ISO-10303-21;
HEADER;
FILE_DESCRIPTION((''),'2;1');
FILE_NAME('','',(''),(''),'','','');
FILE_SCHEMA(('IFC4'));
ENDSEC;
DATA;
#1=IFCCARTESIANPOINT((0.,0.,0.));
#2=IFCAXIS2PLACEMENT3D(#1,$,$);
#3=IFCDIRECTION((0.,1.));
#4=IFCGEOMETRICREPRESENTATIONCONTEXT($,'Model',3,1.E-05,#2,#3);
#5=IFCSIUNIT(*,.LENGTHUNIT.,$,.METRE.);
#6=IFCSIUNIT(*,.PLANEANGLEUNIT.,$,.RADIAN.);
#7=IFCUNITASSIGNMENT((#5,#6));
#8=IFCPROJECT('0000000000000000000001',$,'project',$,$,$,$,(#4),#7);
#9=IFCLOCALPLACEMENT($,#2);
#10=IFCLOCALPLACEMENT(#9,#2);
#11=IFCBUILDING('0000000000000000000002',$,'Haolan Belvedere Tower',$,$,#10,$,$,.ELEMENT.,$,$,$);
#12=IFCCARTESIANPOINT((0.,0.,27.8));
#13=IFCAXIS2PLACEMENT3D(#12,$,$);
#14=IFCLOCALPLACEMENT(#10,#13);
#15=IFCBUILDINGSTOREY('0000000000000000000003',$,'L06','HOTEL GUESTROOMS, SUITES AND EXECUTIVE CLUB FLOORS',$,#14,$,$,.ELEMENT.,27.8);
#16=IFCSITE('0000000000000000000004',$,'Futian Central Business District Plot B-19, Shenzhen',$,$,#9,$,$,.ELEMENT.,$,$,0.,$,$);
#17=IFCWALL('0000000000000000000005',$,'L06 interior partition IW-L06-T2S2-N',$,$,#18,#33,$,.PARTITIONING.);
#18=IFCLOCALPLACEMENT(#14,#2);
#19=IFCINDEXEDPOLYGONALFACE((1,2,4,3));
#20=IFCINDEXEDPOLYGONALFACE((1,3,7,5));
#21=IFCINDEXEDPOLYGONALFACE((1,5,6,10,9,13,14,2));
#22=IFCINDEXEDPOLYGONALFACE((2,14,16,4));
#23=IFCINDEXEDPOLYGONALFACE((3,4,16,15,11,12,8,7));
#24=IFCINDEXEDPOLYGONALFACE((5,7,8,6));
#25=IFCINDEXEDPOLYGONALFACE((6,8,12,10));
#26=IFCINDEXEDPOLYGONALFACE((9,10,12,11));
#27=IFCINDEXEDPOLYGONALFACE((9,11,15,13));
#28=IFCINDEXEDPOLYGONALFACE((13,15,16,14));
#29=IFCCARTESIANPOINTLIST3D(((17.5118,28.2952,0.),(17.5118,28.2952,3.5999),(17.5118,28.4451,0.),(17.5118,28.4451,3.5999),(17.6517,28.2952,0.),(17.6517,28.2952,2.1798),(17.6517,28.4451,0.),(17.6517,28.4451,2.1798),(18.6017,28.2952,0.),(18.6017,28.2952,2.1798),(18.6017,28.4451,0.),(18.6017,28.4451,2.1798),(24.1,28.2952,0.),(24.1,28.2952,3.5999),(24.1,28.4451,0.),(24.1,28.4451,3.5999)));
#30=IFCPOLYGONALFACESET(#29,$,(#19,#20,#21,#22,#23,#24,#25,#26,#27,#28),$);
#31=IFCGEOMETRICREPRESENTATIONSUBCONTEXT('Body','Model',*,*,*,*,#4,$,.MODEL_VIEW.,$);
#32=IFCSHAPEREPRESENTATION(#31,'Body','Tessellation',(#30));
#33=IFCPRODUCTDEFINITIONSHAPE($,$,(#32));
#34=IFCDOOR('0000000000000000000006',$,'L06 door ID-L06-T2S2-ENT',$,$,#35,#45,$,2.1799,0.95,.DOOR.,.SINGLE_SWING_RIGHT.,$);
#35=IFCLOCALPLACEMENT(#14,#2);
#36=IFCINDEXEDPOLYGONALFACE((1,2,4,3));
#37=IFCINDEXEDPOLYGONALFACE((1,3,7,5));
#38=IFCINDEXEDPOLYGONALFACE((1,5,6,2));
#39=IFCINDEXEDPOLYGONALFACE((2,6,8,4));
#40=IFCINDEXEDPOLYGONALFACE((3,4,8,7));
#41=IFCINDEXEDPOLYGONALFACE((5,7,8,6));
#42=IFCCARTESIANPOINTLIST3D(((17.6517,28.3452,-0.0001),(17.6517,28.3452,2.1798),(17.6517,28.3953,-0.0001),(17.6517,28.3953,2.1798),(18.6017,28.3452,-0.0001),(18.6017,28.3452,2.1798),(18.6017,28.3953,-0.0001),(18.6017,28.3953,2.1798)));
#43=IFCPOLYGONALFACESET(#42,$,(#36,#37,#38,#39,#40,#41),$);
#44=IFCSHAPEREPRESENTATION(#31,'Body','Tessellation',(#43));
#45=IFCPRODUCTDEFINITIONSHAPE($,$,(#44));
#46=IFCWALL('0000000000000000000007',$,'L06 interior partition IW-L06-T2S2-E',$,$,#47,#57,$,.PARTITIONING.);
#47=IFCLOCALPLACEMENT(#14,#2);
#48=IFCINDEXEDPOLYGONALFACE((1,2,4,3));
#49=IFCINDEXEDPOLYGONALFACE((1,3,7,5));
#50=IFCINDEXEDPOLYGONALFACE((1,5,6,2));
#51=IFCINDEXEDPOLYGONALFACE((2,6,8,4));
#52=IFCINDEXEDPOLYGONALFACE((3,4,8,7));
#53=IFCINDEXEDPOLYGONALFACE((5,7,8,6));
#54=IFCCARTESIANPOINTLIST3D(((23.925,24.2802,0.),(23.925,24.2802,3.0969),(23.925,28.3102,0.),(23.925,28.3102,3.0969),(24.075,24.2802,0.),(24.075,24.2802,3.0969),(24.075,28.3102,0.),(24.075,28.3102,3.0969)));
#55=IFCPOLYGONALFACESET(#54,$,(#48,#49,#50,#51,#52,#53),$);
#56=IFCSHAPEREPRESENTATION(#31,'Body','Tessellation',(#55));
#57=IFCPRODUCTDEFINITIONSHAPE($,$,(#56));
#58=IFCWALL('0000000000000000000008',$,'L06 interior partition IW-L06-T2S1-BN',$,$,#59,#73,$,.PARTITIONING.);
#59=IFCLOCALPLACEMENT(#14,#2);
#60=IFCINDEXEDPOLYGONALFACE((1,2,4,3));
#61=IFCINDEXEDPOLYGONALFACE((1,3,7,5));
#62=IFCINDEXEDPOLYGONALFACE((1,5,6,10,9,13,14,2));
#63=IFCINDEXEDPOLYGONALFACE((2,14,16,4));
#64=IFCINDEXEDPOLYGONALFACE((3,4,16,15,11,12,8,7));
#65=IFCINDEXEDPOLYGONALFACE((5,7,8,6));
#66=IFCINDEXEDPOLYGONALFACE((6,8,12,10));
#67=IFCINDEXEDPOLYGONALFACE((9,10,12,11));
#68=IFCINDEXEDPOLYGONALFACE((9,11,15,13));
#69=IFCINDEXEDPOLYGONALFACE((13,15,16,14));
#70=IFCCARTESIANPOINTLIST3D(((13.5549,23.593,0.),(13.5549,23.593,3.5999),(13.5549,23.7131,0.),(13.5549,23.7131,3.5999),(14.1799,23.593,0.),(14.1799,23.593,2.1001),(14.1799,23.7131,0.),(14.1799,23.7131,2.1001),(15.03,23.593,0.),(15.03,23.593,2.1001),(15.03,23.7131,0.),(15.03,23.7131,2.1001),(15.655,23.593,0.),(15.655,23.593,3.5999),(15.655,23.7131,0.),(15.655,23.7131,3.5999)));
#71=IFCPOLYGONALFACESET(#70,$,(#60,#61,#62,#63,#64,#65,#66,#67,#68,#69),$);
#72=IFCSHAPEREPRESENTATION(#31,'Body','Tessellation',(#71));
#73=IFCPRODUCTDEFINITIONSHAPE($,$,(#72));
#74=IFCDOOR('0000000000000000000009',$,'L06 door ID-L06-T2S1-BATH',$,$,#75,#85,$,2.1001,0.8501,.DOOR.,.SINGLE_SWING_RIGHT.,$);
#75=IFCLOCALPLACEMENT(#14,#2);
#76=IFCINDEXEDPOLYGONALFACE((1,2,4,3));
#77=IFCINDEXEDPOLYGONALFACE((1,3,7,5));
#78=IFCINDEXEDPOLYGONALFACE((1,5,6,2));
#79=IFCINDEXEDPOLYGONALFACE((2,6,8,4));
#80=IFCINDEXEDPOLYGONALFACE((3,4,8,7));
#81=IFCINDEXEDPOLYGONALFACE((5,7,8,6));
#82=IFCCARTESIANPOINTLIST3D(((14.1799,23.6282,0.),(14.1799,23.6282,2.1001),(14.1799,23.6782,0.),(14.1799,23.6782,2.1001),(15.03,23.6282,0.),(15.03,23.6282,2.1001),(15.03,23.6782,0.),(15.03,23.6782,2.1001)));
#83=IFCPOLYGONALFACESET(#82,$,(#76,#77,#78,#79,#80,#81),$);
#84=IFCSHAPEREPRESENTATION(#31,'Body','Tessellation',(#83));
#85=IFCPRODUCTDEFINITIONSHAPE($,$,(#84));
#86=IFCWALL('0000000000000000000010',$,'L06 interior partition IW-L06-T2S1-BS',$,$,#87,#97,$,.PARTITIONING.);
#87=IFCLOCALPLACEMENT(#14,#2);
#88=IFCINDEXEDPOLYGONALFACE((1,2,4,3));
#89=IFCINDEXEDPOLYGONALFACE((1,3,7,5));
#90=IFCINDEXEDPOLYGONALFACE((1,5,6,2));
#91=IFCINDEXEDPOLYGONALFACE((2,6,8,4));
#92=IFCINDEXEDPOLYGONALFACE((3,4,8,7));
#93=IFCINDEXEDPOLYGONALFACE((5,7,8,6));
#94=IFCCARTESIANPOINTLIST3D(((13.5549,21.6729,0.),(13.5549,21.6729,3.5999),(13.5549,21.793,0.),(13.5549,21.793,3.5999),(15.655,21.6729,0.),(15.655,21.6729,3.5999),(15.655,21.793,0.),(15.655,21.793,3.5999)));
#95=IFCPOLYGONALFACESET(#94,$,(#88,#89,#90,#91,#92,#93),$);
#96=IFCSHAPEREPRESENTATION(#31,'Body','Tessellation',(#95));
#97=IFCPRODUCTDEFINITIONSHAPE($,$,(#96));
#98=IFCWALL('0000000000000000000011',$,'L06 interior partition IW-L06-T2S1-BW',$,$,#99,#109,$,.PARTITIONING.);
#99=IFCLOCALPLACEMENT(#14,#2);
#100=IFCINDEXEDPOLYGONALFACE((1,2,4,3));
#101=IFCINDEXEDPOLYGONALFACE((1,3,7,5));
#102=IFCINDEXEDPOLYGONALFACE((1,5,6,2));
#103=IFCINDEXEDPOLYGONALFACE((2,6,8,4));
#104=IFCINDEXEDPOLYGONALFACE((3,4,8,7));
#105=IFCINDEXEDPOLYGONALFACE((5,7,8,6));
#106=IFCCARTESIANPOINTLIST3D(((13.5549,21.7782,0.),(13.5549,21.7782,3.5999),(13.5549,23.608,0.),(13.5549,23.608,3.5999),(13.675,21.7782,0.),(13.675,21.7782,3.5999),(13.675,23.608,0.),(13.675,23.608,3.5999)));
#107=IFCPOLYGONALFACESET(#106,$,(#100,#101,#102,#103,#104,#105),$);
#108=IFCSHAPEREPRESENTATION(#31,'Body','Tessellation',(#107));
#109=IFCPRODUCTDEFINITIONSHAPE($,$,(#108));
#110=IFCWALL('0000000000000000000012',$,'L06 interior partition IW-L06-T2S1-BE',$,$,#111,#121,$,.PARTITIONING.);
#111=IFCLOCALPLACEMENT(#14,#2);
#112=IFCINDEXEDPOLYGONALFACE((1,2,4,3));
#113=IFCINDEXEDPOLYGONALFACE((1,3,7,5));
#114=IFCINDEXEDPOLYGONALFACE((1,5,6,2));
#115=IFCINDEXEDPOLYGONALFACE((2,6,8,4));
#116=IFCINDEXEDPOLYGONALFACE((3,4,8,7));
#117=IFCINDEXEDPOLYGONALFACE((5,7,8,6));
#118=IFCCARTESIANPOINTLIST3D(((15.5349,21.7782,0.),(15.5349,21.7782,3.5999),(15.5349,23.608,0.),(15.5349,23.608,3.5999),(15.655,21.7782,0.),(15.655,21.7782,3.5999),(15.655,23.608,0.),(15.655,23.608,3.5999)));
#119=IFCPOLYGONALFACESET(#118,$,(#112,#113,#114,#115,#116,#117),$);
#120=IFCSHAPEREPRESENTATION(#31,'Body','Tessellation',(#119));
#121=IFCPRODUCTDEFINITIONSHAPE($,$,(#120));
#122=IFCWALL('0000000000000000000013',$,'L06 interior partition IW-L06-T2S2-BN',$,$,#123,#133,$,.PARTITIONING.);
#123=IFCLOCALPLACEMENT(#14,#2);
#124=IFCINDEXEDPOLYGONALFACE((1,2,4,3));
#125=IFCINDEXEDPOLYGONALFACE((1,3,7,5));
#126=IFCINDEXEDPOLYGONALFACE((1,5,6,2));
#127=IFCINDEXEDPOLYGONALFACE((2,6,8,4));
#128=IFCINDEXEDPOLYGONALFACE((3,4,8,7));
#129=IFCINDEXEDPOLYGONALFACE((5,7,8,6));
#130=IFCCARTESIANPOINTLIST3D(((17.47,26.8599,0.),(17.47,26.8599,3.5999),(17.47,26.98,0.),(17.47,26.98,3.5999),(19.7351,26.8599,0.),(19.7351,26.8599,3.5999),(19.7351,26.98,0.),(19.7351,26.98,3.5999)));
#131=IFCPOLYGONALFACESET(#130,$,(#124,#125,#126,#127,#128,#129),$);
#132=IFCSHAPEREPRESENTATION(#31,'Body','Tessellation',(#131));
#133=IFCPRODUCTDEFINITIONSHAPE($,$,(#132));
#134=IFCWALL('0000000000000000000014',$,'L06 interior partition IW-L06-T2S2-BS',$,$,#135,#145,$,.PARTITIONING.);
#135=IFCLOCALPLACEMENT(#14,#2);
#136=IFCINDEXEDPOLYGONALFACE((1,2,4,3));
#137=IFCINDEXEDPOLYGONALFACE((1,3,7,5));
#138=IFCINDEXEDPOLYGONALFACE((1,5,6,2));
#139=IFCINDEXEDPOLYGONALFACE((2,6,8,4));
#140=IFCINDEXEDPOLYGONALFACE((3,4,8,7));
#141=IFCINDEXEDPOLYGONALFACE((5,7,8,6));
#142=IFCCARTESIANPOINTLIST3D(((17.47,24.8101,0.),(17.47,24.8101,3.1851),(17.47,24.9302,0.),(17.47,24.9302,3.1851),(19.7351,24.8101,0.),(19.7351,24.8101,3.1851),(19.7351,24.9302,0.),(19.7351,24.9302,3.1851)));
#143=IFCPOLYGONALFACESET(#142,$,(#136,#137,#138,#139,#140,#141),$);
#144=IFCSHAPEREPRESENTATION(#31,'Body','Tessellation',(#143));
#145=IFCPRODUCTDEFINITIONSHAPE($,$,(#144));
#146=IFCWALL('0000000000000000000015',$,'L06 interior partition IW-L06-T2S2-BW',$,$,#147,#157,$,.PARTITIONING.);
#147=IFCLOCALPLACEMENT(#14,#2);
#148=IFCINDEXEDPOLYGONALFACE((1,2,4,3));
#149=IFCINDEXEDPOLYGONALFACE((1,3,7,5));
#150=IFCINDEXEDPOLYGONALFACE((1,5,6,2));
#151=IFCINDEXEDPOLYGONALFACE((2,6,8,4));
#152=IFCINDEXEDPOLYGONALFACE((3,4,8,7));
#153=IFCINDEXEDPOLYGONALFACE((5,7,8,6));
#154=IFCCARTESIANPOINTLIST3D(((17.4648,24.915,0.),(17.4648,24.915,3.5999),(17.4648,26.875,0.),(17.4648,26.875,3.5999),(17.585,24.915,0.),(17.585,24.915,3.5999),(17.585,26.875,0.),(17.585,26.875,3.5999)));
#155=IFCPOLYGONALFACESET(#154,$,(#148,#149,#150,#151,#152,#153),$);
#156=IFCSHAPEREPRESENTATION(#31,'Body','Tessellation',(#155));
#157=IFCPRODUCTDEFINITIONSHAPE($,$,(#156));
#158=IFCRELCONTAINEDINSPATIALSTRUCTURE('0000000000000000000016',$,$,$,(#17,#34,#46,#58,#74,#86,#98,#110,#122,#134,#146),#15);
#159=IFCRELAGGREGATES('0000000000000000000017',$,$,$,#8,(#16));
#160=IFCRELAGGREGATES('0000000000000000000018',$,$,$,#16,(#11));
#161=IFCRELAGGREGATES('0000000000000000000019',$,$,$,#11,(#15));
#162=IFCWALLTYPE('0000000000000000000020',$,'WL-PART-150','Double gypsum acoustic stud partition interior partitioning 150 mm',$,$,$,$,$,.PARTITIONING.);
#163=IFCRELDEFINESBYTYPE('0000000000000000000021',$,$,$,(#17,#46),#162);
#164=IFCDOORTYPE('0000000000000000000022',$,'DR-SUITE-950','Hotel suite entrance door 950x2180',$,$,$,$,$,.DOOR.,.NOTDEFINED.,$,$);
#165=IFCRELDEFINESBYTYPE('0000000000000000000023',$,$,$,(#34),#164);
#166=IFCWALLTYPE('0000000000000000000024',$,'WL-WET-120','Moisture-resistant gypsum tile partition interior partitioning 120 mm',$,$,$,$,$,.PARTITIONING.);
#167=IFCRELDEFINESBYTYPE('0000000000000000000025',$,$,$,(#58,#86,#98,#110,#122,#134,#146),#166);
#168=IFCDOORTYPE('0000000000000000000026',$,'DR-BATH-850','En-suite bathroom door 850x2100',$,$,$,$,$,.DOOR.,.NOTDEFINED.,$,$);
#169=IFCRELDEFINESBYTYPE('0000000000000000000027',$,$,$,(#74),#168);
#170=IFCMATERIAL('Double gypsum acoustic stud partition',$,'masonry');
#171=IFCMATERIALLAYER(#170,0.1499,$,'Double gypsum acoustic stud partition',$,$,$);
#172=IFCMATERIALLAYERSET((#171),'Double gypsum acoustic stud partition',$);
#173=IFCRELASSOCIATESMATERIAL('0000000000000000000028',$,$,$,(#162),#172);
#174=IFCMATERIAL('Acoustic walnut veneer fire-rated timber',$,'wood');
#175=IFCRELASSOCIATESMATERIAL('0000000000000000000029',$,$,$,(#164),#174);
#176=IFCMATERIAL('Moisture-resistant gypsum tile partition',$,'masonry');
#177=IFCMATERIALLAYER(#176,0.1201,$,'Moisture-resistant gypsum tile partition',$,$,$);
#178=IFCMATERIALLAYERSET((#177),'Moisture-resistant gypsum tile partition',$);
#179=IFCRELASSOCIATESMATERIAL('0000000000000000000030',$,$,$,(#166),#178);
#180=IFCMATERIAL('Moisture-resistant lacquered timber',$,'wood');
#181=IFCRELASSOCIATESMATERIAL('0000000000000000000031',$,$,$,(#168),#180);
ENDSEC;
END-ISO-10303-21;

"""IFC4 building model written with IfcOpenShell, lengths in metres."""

from ifc_helpers import new_model, si_unit, direction, frame, frame_2d, origin, place, context, subcontext, project, spatial, rectangle, extrude, material, layer, layer_set, type_object, element, fill, save


model = new_model("IFC4")

# Units and contexts
model_context = context("Model", 3, precision=1e-05, world=origin(), true_north=direction((0.0, 1.0)))
body_context = subcontext(model_context, "Body", "Model", "MODEL_VIEW")
ifc_project = project(units=[si_unit("LENGTHUNIT", "METRE"), si_unit("PLANEANGLEUNIT", "RADIAN")], contexts=[model_context])

# Site, building, storey
site_placement = place(None, origin())
site = spatial("IfcSite", under=ifc_project, at=site_placement, Name="Futian Central Business District Plot B-19, Shenzhen", CompositionType="ELEMENT", RefElevation=0.0)
building_placement = place(site_placement, origin())
building = spatial("IfcBuilding", under=site, at=building_placement, Name="Haolan Belvedere Tower", CompositionType="ELEMENT")
storey_placement = place(building_placement, frame((0.0, 0.0, 27.8)))
storey = spatial("IfcBuildingStorey", under=building, at=storey_placement, Name="L06", Description="HOTEL GUESTROOMS, SUITES AND EXECUTIVE CLUB FLOORS", CompositionType="ELEMENT", Elevation=27.8)

# Shared definitions
ifc_material_1 = material(Name="Double gypsum acoustic stud partition", Category="masonry")
ifc_layer_1 = layer(ifc_material_1, 0.1499, Name="Double gypsum acoustic stud partition")
ifc_layer_set_1 = layer_set([ifc_layer_1], Name="Double gypsum acoustic stud partition")
wall_type_1 = type_object("IfcWallType", Name="WL-PART-150", Description="Double gypsum acoustic stud partition interior partitioning 150 mm", PredefinedType="PARTITIONING", material=ifc_layer_set_1)

# Wall, opening, door
wall_1_placement = place(storey_placement, frame((17.512, 28.3701, 0.0), z_axis=(0.0, 0.0, 1.0), x_axis=(1.0, 0.0, 0.0)))
wall_1 = element("IfcWall", 1, at=wall_1_placement, inside=storey, type_object=wall_type_1, Name="L06 interior partition IW-L06-T2S2-N", PredefinedType="PARTITIONING", context=body_context, shape_type="SweptSolid", body=[
    extrude(rectangle(XDim=6.5881, YDim=0.1499, at=frame_2d((3.2939, 0.0))), origin(), (0.0, 0.0, 1.0), 3.5999),
])
opening_1_placement = place(wall_1_placement, frame((1.0898, 0.0, 0.0), z_axis=(0.0, 0.0, 1.0), x_axis=(-1.0, 0.0, 0.0)))
opening_1 = element("IfcOpeningElement", 2, at=opening_1_placement, cuts=wall_1, PredefinedType="OPENING", context=body_context, shape_type="SweptSolid", body=[
    extrude(rectangle(XDim=0.95, YDim=2.1799, at=frame_2d((0.4751, 1.0898))), frame((0.0, 0.085, 0.0), z_axis=(0.0, -1.0, 0.0), x_axis=(1.0, 0.0, 0.0)), (0.0, 0.0, 1.0), 0.1699),
])
ifc_material_2 = material(Name="Acoustic walnut veneer fire-rated timber", Category="wood")
door_type_1 = type_object("IfcDoorType", Name="DR-SUITE-950", Description="Hotel suite entrance door 950x2180", OperationType="NOTDEFINED", PredefinedType="DOOR", material=ifc_material_2)
door_1_placement = place(opening_1_placement, origin())
door_1 = element("IfcDoor", 3, at=door_1_placement, inside=storey, type_object=door_type_1, Name="L06 door ID-L06-T2S2-ENT", OperationType="SINGLE_SWING_RIGHT", OverallHeight=2.1799, OverallWidth=0.95, PredefinedType="DOOR", context=body_context, shape_type="SweptSolid", body=[
    extrude(rectangle(XDim=0.95, YDim=2.1799, at=frame_2d((0.4751, 1.0898))), frame((0.0, 0.0249, 0.0), z_axis=(0.0, -1.0, 0.0), x_axis=(1.0, 0.0, 0.0)), (0.0, 0.0, 1.0), 0.05),
])
fill(opening_1, door_1)

# Wall
wall_2_placement = place(storey_placement, frame((24.0, 24.28, 0.0), z_axis=(0.0, 0.0, 1.0), x_axis=(0.0, 1.0, 0.0)))
element("IfcWall", 4, at=wall_2_placement, inside=storey, type_object=wall_type_1, Name="L06 interior partition IW-L06-T2S2-E", PredefinedType="PARTITIONING", context=body_context, shape_type="SweptSolid", body=[
    extrude(rectangle(XDim=4.03, YDim=0.1499, at=frame_2d((2.0151, 0.0))), origin(), (0.0, 0.0, 1.0), 3.0969),
])

# Wall, opening, door
ifc_material_3 = material(Name="Moisture-resistant gypsum tile partition", Category="masonry")
ifc_layer_2 = layer(ifc_material_3, 0.1201, Name="Moisture-resistant gypsum tile partition")
ifc_layer_set_2 = layer_set([ifc_layer_2], Name="Moisture-resistant gypsum tile partition")
wall_type_2 = type_object("IfcWallType", Name="WL-WET-120", Description="Moisture-resistant gypsum tile partition interior partitioning 120 mm", PredefinedType="PARTITIONING", material=ifc_layer_set_2)
wall_3_placement = place(storey_placement, frame((13.5549, 23.6531, 0.0), z_axis=(0.0, 0.0, 1.0), x_axis=(1.0, 0.0, 0.0)))
wall_3 = element("IfcWall", 5, at=wall_3_placement, inside=storey, type_object=wall_type_2, Name="L06 interior partition IW-L06-T2S1-BN", PredefinedType="PARTITIONING", context=body_context, shape_type="SweptSolid", body=[
    extrude(rectangle(XDim=2.1001, YDim=0.1201, at=frame_2d((1.05, 0.0))), origin(), (0.0, 0.0, 1.0), 3.5999),
])
opening_2_placement = place(wall_3_placement, frame((1.4751, 0.0, 0.0), z_axis=(0.0, 0.0, 1.0), x_axis=(-1.0, 0.0, 0.0)))
opening_2 = element("IfcOpeningElement", 6, at=opening_2_placement, cuts=wall_3, PredefinedType="OPENING", context=body_context, shape_type="SweptSolid", body=[
    extrude(rectangle(XDim=0.8501, YDim=2.1001, at=frame_2d((0.425, 1.05))), frame((0.0, 0.0701, 0.0), z_axis=(0.0, -1.0, 0.0), x_axis=(1.0, 0.0, 0.0)), (0.0, 0.0, 1.0), 0.1401),
])
ifc_material_4 = material(Name="Moisture-resistant lacquered timber", Category="wood")
door_type_2 = type_object("IfcDoorType", Name="DR-BATH-850", Description="En-suite bathroom door 850x2100", OperationType="NOTDEFINED", PredefinedType="DOOR", material=ifc_material_4)
door_2_placement = place(opening_2_placement, origin())
door_2 = element("IfcDoor", 7, at=door_2_placement, inside=storey, type_object=door_type_2, Name="L06 door ID-L06-T2S1-BATH", OperationType="SINGLE_SWING_RIGHT", OverallHeight=2.1001, OverallWidth=0.8501, PredefinedType="DOOR", context=body_context, shape_type="SweptSolid", body=[
    extrude(rectangle(XDim=0.8501, YDim=2.1001, at=frame_2d((0.425, 1.05))), frame((0.0, 0.0249, 0.0), z_axis=(0.0, -1.0, 0.0), x_axis=(1.0, 0.0, 0.0)), (0.0, 0.0, 1.0), 0.05),
])
fill(opening_2, door_2)

# Walls
wall_4_placement = place(storey_placement, frame((13.5549, 21.7329, 0.0), z_axis=(0.0, 0.0, 1.0), x_axis=(1.0, 0.0, 0.0)))
element("IfcWall", 8, at=wall_4_placement, inside=storey, type_object=wall_type_2, Name="L06 interior partition IW-L06-T2S1-BS", PredefinedType="PARTITIONING", context=body_context, shape_type="SweptSolid", body=[
    extrude(rectangle(XDim=2.1001, YDim=0.1201, at=frame_2d((1.05, 0.0))), origin(), (0.0, 0.0, 1.0), 3.5999),
])
for number, where, z_axis, x_axis, name in (
    (9, (13.615, 21.7781, 0.0), (0.0, 0.0, 1.0), (0.0, 1.0, 0.0), "L06 interior partition IW-L06-T2S1-BW"),
    (10, (15.595, 21.7781, 0.0), (0.0, 0.0, 1.0), (0.0, 1.0, 0.0), "L06 interior partition IW-L06-T2S1-BE"),
):
    element("IfcWall", number, at=place(storey_placement, frame(where, z_axis=z_axis, x_axis=x_axis)), inside=storey, type_object=wall_type_2, Name=name, PredefinedType="PARTITIONING", context=body_context, shape_type="SweptSolid", body=[
        extrude(rectangle(XDim=1.8298, YDim=0.1201, at=frame_2d((0.915, 0.0))), origin(), (0.0, 0.0, 1.0), 3.5999),
    ])
wall_5_placement = place(storey_placement, frame((17.47, 26.9199, 0.0), z_axis=(0.0, 0.0, 1.0), x_axis=(1.0, 0.0, 0.0)))
element("IfcWall", 11, at=wall_5_placement, inside=storey, type_object=wall_type_2, Name="L06 interior partition IW-L06-T2S2-BN", PredefinedType="PARTITIONING", context=body_context, shape_type="SweptSolid", body=[
    extrude(rectangle(XDim=2.2651, YDim=0.1201, at=frame_2d((1.1326, 0.0))), origin(), (0.0, 0.0, 1.0), 3.5999),
])
wall_6_placement = place(storey_placement, frame((17.47, 24.8701, 0.0), z_axis=(0.0, 0.0, 1.0), x_axis=(1.0, 0.0, 0.0)))
element("IfcWall", 12, at=wall_6_placement, inside=storey, type_object=wall_type_2, Name="L06 interior partition IW-L06-T2S2-BS", PredefinedType="PARTITIONING", context=body_context, shape_type="SweptSolid", body=[
    extrude(rectangle(XDim=2.2651, YDim=0.1201, at=frame_2d((1.1326, 0.0))), origin(), (0.0, 0.0, 1.0), 3.1851),
])
wall_7_placement = place(storey_placement, frame((17.5249, 24.915, 0.0), z_axis=(0.0, 0.0, 1.0), x_axis=(0.0, 1.0, 0.0)))
element("IfcWall", 13, at=wall_7_placement, inside=storey, type_object=wall_type_2, Name="L06 interior partition IW-L06-T2S2-BW", PredefinedType="PARTITIONING", context=body_context, shape_type="SweptSolid", body=[
    extrude(rectangle(XDim=1.96, YDim=0.1201, at=frame_2d((0.98, 0.0))), origin(), (0.0, 0.0, 1.0), 3.5999),
])

save(model, "model.ifc")
